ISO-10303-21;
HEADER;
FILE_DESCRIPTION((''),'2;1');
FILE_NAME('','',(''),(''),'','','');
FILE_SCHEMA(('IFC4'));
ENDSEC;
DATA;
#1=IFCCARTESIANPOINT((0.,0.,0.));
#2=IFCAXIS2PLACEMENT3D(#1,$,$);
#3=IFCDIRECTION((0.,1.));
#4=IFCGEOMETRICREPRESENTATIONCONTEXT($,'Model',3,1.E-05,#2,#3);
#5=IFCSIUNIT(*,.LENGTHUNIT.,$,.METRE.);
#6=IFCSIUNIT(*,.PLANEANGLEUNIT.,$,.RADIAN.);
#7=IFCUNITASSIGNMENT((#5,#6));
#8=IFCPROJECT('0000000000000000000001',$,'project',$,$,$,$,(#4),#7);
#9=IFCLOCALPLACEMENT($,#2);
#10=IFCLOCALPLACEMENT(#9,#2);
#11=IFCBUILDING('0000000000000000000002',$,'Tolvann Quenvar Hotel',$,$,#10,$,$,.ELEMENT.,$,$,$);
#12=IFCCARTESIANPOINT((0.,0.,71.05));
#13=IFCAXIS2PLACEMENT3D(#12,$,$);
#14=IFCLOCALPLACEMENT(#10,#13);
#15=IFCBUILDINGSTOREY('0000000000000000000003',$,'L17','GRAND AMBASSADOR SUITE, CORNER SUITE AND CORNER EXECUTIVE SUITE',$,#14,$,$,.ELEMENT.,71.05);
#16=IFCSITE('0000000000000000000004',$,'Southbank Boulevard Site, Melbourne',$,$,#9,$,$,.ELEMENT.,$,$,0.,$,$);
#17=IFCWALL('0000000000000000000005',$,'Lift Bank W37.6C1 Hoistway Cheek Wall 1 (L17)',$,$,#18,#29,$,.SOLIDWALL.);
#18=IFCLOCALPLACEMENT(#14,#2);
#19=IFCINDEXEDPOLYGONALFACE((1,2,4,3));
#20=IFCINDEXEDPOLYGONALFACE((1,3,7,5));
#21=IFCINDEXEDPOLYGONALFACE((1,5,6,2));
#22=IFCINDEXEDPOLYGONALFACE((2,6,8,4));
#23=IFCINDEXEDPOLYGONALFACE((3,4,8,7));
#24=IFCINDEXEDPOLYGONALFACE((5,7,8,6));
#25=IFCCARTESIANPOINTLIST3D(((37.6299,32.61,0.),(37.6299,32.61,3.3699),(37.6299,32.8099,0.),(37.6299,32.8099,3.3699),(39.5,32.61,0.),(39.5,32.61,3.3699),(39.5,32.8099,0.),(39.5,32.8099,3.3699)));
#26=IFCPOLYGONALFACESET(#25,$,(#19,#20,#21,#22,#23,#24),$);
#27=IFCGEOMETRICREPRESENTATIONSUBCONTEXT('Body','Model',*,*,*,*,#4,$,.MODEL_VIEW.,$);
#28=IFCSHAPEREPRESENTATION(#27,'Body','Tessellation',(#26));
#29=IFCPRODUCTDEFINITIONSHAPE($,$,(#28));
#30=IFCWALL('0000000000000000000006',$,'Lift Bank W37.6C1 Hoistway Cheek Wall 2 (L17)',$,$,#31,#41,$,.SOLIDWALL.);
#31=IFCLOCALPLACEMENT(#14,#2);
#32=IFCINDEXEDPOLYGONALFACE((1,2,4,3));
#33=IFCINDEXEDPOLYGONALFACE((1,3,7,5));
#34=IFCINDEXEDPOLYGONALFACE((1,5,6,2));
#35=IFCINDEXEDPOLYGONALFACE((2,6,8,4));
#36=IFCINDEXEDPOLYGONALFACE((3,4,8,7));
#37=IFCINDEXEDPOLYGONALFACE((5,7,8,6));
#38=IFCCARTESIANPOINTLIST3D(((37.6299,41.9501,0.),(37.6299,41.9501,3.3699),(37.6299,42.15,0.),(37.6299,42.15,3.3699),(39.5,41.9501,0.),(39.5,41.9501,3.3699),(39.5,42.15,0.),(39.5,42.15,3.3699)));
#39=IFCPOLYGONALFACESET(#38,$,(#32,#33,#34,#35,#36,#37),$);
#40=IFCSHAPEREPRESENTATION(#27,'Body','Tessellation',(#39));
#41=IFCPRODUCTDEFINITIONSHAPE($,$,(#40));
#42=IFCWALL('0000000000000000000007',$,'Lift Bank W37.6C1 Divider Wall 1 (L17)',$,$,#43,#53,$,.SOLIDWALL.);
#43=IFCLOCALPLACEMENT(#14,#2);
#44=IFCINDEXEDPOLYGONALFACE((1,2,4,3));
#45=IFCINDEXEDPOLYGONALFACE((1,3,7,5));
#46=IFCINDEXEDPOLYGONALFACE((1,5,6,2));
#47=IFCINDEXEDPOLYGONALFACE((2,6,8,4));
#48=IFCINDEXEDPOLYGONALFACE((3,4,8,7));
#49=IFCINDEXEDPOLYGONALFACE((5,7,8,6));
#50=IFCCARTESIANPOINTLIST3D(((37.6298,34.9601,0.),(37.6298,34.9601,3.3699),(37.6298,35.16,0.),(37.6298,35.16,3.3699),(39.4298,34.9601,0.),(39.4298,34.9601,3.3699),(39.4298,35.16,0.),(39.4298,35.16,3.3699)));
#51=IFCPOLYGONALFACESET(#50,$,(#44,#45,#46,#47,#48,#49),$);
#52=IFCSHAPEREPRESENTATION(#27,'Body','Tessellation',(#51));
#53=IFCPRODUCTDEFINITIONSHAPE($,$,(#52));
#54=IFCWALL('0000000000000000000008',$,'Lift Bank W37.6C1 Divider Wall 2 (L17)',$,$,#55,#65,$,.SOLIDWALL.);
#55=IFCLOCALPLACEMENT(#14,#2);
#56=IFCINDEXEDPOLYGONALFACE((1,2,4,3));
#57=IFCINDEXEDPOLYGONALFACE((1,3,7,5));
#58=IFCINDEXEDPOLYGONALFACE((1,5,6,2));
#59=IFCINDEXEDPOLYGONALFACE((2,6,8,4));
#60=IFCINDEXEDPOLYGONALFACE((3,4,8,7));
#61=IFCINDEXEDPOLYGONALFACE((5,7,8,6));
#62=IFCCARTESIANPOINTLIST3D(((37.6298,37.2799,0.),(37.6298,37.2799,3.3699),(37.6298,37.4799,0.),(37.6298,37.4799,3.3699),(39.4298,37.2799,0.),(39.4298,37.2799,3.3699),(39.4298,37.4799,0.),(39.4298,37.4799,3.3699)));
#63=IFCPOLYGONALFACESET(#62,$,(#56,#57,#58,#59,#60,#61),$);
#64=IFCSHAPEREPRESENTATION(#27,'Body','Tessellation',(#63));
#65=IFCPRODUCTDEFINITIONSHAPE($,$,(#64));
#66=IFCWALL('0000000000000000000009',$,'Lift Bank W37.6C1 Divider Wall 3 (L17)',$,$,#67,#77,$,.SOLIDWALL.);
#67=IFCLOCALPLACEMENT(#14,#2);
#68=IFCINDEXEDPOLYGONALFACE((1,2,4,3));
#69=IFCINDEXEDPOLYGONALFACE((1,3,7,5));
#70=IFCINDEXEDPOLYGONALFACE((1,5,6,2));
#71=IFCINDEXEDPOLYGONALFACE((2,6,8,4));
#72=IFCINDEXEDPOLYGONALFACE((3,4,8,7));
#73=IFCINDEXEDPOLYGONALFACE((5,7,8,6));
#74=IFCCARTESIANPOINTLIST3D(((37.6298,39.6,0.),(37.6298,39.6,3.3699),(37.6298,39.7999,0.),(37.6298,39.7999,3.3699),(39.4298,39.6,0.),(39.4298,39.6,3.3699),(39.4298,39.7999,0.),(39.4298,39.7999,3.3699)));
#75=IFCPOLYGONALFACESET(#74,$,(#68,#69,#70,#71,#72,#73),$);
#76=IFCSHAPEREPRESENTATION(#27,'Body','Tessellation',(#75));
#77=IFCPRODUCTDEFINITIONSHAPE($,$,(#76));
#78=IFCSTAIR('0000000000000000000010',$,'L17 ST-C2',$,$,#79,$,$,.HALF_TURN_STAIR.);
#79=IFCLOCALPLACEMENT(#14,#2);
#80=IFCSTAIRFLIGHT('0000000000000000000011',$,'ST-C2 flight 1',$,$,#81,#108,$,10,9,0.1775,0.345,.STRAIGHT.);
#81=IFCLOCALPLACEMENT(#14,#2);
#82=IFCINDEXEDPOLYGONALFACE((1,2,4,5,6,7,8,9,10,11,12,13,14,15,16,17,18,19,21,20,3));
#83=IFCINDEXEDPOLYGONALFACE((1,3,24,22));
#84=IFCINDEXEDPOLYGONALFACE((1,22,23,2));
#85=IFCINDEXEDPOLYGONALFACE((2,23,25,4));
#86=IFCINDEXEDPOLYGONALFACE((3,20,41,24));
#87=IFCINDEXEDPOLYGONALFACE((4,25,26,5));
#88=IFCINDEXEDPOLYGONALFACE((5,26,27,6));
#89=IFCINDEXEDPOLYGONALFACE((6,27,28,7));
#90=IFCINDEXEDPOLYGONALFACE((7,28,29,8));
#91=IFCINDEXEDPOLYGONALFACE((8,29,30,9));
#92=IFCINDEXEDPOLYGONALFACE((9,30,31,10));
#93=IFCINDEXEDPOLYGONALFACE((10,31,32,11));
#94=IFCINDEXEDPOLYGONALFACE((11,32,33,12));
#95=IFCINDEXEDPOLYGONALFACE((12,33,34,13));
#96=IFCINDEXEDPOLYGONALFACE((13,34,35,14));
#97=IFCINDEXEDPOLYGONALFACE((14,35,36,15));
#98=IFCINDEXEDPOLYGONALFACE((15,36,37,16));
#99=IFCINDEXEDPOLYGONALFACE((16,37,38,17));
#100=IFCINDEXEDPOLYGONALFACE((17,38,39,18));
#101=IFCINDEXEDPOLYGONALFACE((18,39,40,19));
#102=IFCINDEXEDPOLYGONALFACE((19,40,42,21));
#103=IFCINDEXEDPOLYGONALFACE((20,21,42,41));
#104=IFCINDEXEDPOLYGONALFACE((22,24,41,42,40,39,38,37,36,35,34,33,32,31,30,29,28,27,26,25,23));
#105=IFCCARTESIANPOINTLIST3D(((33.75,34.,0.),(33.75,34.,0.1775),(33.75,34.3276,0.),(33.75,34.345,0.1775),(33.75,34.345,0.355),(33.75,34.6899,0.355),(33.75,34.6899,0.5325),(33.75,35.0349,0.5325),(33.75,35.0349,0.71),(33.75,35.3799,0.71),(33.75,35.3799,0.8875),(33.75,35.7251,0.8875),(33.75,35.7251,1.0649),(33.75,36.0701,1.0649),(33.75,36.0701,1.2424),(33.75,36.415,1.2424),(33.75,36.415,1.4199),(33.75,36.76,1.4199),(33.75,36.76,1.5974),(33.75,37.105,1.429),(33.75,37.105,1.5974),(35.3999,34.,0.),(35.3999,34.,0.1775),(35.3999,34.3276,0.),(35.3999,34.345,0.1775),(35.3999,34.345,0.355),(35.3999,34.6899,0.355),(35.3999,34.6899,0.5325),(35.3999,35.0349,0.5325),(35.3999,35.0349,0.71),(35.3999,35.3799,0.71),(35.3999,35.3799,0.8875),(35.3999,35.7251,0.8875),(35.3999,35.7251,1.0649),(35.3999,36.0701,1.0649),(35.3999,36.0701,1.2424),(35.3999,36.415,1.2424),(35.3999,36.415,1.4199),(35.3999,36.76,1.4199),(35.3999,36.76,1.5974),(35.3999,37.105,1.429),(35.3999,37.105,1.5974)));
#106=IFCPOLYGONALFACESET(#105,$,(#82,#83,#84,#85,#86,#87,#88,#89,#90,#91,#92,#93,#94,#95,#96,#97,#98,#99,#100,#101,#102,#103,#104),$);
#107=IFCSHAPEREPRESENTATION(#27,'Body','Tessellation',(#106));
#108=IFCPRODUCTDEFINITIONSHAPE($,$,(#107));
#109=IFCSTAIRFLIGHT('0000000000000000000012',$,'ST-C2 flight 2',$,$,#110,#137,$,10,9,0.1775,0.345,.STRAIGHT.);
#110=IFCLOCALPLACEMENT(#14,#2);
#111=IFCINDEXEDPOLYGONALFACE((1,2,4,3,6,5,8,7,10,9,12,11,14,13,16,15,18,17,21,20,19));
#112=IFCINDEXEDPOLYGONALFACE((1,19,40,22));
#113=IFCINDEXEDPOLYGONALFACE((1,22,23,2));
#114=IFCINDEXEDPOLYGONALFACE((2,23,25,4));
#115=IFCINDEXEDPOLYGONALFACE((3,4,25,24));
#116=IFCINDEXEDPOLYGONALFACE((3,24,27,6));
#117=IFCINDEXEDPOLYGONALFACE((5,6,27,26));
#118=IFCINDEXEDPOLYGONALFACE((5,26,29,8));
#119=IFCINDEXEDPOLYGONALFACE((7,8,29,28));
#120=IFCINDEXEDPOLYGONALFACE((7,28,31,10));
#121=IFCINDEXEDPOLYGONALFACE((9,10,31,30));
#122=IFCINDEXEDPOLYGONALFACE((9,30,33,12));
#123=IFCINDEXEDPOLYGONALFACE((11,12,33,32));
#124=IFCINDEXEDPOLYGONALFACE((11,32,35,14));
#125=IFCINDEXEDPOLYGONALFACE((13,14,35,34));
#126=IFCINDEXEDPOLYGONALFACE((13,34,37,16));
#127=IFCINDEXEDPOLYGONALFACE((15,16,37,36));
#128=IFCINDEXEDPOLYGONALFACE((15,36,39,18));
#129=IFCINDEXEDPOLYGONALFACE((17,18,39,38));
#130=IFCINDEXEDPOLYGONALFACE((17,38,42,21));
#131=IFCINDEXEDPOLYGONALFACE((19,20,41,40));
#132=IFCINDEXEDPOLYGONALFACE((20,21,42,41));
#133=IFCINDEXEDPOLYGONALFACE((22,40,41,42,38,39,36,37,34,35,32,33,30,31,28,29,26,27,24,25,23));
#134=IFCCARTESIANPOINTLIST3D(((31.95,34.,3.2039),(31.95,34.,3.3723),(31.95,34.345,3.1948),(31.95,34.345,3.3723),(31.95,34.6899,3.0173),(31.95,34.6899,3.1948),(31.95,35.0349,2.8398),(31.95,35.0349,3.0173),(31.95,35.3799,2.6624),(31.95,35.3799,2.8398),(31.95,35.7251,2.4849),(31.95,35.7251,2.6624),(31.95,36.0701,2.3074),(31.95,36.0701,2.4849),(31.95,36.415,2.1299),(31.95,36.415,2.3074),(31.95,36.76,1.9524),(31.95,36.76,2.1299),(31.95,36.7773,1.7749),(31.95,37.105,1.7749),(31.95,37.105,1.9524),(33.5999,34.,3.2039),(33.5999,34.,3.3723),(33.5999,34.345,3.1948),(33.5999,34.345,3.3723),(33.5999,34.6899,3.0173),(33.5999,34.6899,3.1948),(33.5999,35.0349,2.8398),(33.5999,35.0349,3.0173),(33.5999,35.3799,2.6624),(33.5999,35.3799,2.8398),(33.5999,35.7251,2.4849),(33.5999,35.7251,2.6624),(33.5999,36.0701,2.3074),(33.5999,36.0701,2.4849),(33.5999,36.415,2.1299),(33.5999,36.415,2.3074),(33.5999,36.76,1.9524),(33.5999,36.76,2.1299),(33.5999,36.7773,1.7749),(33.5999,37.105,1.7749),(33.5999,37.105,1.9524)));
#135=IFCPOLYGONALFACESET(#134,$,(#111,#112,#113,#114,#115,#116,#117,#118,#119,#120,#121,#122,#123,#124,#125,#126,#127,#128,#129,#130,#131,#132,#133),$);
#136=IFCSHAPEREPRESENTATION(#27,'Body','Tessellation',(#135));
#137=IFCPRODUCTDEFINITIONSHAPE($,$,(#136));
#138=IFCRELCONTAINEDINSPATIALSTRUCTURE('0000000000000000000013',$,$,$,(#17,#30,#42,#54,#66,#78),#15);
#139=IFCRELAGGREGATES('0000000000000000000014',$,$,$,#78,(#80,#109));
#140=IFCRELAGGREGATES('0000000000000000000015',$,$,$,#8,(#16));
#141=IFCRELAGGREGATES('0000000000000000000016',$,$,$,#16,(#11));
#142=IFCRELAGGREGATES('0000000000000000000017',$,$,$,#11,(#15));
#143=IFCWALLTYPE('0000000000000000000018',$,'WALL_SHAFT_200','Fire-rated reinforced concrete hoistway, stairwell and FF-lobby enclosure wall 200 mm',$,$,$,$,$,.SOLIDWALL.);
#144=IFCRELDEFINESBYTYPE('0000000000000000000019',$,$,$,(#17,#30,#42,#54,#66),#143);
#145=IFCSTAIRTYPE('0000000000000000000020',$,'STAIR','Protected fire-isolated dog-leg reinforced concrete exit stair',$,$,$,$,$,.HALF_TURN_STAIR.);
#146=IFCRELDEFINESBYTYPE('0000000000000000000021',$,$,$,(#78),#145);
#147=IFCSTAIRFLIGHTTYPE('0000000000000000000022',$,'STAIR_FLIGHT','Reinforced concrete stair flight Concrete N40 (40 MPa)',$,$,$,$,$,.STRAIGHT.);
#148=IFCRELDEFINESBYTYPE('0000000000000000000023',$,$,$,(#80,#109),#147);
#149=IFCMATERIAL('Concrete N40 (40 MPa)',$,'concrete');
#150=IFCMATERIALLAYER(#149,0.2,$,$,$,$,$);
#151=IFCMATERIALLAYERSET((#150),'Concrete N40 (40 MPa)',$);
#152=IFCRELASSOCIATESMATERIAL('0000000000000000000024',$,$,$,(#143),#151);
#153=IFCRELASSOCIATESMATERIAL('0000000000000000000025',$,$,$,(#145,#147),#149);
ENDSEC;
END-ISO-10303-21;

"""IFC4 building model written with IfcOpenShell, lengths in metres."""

from ifc_helpers import new_model, si_unit, direction, frame, frame_2d, origin, place, context, subcontext, project, spatial, polyline, rectangle, outline, extrude, material, layer, layer_set, type_object, element, aggregate, save


model = new_model("IFC4")

# Units and contexts
model_context = context("Model", 3, precision=1e-05, world=origin(), true_north=direction((0.0, 1.0)))
body_context = subcontext(model_context, "Body", "Model", "MODEL_VIEW")
ifc_project = project(units=[si_unit("LENGTHUNIT", "METRE"), si_unit("PLANEANGLEUNIT", "RADIAN")], contexts=[model_context])

# Site, building, storey
site_placement = place(None, origin())
site = spatial("IfcSite", under=ifc_project, at=site_placement, Name="Southbank Boulevard Site, Melbourne", CompositionType="ELEMENT", RefElevation=0.0)
building_placement = place(site_placement, origin())
building = spatial("IfcBuilding", under=site, at=building_placement, Name="Tolvann Quenvar Hotel", CompositionType="ELEMENT")
storey_placement = place(building_placement, frame((0.0, 0.0, 71.05)))
storey = spatial("IfcBuildingStorey", under=building, at=storey_placement, Name="L17", Description="GRAND AMBASSADOR SUITE, CORNER SUITE AND CORNER EXECUTIVE SUITE", CompositionType="ELEMENT", Elevation=71.05)

# Shared definitions
ifc_material_1 = material(Name="Concrete N40 (40 MPa)", Category="concrete")
ifc_layer_1 = layer(ifc_material_1, 0.2)
ifc_layer_set_1 = layer_set([ifc_layer_1], Name="Concrete N40 (40 MPa)")
wall_type_1 = type_object("IfcWallType", Name="WALL_SHAFT_200", Description="Fire-rated reinforced concrete hoistway, stairwell and FF-lobby enclosure wall 200 mm", PredefinedType="SOLIDWALL", material=ifc_layer_set_1)

# Walls
for number, where, z_axis, x_axis, name in (
    (1, (37.6299, 32.71, 0.0), (0.0, 0.0, 1.0), (1.0, 0.0, 0.0), "Lift Bank W37.6C1 Hoistway Cheek Wall 1 (L17)"),
    (2, (37.6299, 42.05, 0.0), (0.0, 0.0, 1.0), (1.0, 0.0, 0.0), "Lift Bank W37.6C1 Hoistway Cheek Wall 2 (L17)"),
):
    element("IfcWall", number, at=place(storey_placement, frame(where, z_axis=z_axis, x_axis=x_axis)), inside=storey, type_object=wall_type_1, Name=name, PredefinedType="SOLIDWALL", context=body_context, shape_type="SweptSolid", body=[
        extrude(rectangle(XDim=1.8701, YDim=0.2, at=frame_2d((0.9351, 0.0))), origin(), (0.0, 0.0, 1.0), 3.3699),
    ])
for number, where, z_axis, x_axis, name in (
    (3, (37.6299, 35.0601, 0.0), (0.0, 0.0, 1.0), (1.0, 0.0, 0.0), "Lift Bank W37.6C1 Divider Wall 1 (L17)"),
    (4, (37.6299, 37.3799, 0.0), (0.0, 0.0, 1.0), (1.0, 0.0, 0.0), "Lift Bank W37.6C1 Divider Wall 2 (L17)"),
    (5, (37.6299, 39.7, 0.0), (0.0, 0.0, 1.0), (1.0, 0.0, 0.0), "Lift Bank W37.6C1 Divider Wall 3 (L17)"),
):
    element("IfcWall", number, at=place(storey_placement, frame(where, z_axis=z_axis, x_axis=x_axis)), inside=storey, type_object=wall_type_1, Name=name, PredefinedType="SOLIDWALL", context=body_context, shape_type="SweptSolid", body=[
        extrude(rectangle(XDim=1.8, YDim=0.2, at=frame_2d((0.8999, 0.0))), origin(), (0.0, 0.0, 1.0), 3.3699),
    ])

# Stair, stair flights
stair_type = type_object("IfcStairType", Name="STAIR", Description="Protected fire-isolated dog-leg reinforced concrete exit stair", PredefinedType="HALF_TURN_STAIR", material=ifc_material_1)
stair_placement = place(storey_placement, origin())
stair = element("IfcStair", 6, at=stair_placement, inside=storey, type_object=stair_type, Name="L17 ST-C2", PredefinedType="HALF_TURN_STAIR")
stair_flight_type = type_object("IfcStairFlightType", Name="STAIR_FLIGHT", Description="Reinforced concrete stair flight Concrete N40 (40 MPa)", PredefinedType="STRAIGHT", material=ifc_material_1)
stair_flight_1_placement = place(storey_placement, frame((34.575, 34.0, 0.0), z_axis=(0.0, 0.0, 1.0), x_axis=(0.0, 1.0, 0.0)))
stair_flight_1 = element("IfcStairFlight", 7, at=stair_flight_1_placement, type_object=stair_flight_type, Name="ST-C2 flight 1", NumberOfRisers=10, NumberOfTreads=9, PredefinedType="STRAIGHT", RiserHeight=0.1775, TreadLength=0.345, context=body_context, shape_type="SweptSolid", body=[
    extrude(outline(polyline([(0.0, 0.0), (0.0, 0.1775), (0.345, 0.1775), (0.345, 0.355), (0.6899, 0.355), (0.6899, 0.5325), (1.0349, 0.5325), (1.0349, 0.71), (1.3799, 0.71), (1.3799, 0.8875), (1.7251, 0.8875), (1.7251, 1.0649), (2.0701, 1.0649), (2.0701, 1.2424), (2.415, 1.2424), (2.415, 1.4199), (2.76, 1.4199), (2.76, 1.5974), (3.105, 1.5974), (3.105, 1.7749), (3.105, 1.429), (0.3276, 0.0), (0.0, 0.0)])), frame((0.0, 0.825, 0.0), z_axis=(0.0, -1.0, 0.0), x_axis=(1.0, 0.0, 0.0)), (0.0, 0.0, 1.0), 1.6499),
])
stair_flight_2_placement = place(storey_placement, frame((32.7749, 37.105, 1.7749), z_axis=(0.0, 0.0, 1.0), x_axis=(0.0, -1.0, 0.0)))
stair_flight_2 = element("IfcStairFlight", 8, at=stair_flight_2_placement, type_object=stair_flight_type, Name="ST-C2 flight 2", NumberOfRisers=10, NumberOfTreads=9, PredefinedType="STRAIGHT", RiserHeight=0.1775, TreadLength=0.345, context=body_context, shape_type="SweptSolid", body=[
    extrude(outline(polyline([(0.0, 0.0), (0.0, 0.1775), (0.345, 0.1775), (0.345, 0.355), (0.6899, 0.355), (0.6899, 0.5325), (1.0349, 0.5325), (1.0349, 0.71), (1.3799, 0.71), (1.3799, 0.8875), (1.7251, 0.8875), (1.7251, 1.0649), (2.0701, 1.0649), (2.0701, 1.2424), (2.415, 1.2424), (2.415, 1.4199), (2.76, 1.4199), (2.76, 1.5974), (3.105, 1.5974), (3.105, 1.7749), (3.105, 1.429), (0.3276, 0.0), (0.0, 0.0)])), frame((0.0, 0.825, 0.0), z_axis=(0.0, -1.0, 0.0), x_axis=(1.0, 0.0, 0.0)), (0.0, 0.0, 1.0), 1.6499),
])
aggregate(stair, [stair_flight_1, stair_flight_2])

save(model, "model.ifc")
